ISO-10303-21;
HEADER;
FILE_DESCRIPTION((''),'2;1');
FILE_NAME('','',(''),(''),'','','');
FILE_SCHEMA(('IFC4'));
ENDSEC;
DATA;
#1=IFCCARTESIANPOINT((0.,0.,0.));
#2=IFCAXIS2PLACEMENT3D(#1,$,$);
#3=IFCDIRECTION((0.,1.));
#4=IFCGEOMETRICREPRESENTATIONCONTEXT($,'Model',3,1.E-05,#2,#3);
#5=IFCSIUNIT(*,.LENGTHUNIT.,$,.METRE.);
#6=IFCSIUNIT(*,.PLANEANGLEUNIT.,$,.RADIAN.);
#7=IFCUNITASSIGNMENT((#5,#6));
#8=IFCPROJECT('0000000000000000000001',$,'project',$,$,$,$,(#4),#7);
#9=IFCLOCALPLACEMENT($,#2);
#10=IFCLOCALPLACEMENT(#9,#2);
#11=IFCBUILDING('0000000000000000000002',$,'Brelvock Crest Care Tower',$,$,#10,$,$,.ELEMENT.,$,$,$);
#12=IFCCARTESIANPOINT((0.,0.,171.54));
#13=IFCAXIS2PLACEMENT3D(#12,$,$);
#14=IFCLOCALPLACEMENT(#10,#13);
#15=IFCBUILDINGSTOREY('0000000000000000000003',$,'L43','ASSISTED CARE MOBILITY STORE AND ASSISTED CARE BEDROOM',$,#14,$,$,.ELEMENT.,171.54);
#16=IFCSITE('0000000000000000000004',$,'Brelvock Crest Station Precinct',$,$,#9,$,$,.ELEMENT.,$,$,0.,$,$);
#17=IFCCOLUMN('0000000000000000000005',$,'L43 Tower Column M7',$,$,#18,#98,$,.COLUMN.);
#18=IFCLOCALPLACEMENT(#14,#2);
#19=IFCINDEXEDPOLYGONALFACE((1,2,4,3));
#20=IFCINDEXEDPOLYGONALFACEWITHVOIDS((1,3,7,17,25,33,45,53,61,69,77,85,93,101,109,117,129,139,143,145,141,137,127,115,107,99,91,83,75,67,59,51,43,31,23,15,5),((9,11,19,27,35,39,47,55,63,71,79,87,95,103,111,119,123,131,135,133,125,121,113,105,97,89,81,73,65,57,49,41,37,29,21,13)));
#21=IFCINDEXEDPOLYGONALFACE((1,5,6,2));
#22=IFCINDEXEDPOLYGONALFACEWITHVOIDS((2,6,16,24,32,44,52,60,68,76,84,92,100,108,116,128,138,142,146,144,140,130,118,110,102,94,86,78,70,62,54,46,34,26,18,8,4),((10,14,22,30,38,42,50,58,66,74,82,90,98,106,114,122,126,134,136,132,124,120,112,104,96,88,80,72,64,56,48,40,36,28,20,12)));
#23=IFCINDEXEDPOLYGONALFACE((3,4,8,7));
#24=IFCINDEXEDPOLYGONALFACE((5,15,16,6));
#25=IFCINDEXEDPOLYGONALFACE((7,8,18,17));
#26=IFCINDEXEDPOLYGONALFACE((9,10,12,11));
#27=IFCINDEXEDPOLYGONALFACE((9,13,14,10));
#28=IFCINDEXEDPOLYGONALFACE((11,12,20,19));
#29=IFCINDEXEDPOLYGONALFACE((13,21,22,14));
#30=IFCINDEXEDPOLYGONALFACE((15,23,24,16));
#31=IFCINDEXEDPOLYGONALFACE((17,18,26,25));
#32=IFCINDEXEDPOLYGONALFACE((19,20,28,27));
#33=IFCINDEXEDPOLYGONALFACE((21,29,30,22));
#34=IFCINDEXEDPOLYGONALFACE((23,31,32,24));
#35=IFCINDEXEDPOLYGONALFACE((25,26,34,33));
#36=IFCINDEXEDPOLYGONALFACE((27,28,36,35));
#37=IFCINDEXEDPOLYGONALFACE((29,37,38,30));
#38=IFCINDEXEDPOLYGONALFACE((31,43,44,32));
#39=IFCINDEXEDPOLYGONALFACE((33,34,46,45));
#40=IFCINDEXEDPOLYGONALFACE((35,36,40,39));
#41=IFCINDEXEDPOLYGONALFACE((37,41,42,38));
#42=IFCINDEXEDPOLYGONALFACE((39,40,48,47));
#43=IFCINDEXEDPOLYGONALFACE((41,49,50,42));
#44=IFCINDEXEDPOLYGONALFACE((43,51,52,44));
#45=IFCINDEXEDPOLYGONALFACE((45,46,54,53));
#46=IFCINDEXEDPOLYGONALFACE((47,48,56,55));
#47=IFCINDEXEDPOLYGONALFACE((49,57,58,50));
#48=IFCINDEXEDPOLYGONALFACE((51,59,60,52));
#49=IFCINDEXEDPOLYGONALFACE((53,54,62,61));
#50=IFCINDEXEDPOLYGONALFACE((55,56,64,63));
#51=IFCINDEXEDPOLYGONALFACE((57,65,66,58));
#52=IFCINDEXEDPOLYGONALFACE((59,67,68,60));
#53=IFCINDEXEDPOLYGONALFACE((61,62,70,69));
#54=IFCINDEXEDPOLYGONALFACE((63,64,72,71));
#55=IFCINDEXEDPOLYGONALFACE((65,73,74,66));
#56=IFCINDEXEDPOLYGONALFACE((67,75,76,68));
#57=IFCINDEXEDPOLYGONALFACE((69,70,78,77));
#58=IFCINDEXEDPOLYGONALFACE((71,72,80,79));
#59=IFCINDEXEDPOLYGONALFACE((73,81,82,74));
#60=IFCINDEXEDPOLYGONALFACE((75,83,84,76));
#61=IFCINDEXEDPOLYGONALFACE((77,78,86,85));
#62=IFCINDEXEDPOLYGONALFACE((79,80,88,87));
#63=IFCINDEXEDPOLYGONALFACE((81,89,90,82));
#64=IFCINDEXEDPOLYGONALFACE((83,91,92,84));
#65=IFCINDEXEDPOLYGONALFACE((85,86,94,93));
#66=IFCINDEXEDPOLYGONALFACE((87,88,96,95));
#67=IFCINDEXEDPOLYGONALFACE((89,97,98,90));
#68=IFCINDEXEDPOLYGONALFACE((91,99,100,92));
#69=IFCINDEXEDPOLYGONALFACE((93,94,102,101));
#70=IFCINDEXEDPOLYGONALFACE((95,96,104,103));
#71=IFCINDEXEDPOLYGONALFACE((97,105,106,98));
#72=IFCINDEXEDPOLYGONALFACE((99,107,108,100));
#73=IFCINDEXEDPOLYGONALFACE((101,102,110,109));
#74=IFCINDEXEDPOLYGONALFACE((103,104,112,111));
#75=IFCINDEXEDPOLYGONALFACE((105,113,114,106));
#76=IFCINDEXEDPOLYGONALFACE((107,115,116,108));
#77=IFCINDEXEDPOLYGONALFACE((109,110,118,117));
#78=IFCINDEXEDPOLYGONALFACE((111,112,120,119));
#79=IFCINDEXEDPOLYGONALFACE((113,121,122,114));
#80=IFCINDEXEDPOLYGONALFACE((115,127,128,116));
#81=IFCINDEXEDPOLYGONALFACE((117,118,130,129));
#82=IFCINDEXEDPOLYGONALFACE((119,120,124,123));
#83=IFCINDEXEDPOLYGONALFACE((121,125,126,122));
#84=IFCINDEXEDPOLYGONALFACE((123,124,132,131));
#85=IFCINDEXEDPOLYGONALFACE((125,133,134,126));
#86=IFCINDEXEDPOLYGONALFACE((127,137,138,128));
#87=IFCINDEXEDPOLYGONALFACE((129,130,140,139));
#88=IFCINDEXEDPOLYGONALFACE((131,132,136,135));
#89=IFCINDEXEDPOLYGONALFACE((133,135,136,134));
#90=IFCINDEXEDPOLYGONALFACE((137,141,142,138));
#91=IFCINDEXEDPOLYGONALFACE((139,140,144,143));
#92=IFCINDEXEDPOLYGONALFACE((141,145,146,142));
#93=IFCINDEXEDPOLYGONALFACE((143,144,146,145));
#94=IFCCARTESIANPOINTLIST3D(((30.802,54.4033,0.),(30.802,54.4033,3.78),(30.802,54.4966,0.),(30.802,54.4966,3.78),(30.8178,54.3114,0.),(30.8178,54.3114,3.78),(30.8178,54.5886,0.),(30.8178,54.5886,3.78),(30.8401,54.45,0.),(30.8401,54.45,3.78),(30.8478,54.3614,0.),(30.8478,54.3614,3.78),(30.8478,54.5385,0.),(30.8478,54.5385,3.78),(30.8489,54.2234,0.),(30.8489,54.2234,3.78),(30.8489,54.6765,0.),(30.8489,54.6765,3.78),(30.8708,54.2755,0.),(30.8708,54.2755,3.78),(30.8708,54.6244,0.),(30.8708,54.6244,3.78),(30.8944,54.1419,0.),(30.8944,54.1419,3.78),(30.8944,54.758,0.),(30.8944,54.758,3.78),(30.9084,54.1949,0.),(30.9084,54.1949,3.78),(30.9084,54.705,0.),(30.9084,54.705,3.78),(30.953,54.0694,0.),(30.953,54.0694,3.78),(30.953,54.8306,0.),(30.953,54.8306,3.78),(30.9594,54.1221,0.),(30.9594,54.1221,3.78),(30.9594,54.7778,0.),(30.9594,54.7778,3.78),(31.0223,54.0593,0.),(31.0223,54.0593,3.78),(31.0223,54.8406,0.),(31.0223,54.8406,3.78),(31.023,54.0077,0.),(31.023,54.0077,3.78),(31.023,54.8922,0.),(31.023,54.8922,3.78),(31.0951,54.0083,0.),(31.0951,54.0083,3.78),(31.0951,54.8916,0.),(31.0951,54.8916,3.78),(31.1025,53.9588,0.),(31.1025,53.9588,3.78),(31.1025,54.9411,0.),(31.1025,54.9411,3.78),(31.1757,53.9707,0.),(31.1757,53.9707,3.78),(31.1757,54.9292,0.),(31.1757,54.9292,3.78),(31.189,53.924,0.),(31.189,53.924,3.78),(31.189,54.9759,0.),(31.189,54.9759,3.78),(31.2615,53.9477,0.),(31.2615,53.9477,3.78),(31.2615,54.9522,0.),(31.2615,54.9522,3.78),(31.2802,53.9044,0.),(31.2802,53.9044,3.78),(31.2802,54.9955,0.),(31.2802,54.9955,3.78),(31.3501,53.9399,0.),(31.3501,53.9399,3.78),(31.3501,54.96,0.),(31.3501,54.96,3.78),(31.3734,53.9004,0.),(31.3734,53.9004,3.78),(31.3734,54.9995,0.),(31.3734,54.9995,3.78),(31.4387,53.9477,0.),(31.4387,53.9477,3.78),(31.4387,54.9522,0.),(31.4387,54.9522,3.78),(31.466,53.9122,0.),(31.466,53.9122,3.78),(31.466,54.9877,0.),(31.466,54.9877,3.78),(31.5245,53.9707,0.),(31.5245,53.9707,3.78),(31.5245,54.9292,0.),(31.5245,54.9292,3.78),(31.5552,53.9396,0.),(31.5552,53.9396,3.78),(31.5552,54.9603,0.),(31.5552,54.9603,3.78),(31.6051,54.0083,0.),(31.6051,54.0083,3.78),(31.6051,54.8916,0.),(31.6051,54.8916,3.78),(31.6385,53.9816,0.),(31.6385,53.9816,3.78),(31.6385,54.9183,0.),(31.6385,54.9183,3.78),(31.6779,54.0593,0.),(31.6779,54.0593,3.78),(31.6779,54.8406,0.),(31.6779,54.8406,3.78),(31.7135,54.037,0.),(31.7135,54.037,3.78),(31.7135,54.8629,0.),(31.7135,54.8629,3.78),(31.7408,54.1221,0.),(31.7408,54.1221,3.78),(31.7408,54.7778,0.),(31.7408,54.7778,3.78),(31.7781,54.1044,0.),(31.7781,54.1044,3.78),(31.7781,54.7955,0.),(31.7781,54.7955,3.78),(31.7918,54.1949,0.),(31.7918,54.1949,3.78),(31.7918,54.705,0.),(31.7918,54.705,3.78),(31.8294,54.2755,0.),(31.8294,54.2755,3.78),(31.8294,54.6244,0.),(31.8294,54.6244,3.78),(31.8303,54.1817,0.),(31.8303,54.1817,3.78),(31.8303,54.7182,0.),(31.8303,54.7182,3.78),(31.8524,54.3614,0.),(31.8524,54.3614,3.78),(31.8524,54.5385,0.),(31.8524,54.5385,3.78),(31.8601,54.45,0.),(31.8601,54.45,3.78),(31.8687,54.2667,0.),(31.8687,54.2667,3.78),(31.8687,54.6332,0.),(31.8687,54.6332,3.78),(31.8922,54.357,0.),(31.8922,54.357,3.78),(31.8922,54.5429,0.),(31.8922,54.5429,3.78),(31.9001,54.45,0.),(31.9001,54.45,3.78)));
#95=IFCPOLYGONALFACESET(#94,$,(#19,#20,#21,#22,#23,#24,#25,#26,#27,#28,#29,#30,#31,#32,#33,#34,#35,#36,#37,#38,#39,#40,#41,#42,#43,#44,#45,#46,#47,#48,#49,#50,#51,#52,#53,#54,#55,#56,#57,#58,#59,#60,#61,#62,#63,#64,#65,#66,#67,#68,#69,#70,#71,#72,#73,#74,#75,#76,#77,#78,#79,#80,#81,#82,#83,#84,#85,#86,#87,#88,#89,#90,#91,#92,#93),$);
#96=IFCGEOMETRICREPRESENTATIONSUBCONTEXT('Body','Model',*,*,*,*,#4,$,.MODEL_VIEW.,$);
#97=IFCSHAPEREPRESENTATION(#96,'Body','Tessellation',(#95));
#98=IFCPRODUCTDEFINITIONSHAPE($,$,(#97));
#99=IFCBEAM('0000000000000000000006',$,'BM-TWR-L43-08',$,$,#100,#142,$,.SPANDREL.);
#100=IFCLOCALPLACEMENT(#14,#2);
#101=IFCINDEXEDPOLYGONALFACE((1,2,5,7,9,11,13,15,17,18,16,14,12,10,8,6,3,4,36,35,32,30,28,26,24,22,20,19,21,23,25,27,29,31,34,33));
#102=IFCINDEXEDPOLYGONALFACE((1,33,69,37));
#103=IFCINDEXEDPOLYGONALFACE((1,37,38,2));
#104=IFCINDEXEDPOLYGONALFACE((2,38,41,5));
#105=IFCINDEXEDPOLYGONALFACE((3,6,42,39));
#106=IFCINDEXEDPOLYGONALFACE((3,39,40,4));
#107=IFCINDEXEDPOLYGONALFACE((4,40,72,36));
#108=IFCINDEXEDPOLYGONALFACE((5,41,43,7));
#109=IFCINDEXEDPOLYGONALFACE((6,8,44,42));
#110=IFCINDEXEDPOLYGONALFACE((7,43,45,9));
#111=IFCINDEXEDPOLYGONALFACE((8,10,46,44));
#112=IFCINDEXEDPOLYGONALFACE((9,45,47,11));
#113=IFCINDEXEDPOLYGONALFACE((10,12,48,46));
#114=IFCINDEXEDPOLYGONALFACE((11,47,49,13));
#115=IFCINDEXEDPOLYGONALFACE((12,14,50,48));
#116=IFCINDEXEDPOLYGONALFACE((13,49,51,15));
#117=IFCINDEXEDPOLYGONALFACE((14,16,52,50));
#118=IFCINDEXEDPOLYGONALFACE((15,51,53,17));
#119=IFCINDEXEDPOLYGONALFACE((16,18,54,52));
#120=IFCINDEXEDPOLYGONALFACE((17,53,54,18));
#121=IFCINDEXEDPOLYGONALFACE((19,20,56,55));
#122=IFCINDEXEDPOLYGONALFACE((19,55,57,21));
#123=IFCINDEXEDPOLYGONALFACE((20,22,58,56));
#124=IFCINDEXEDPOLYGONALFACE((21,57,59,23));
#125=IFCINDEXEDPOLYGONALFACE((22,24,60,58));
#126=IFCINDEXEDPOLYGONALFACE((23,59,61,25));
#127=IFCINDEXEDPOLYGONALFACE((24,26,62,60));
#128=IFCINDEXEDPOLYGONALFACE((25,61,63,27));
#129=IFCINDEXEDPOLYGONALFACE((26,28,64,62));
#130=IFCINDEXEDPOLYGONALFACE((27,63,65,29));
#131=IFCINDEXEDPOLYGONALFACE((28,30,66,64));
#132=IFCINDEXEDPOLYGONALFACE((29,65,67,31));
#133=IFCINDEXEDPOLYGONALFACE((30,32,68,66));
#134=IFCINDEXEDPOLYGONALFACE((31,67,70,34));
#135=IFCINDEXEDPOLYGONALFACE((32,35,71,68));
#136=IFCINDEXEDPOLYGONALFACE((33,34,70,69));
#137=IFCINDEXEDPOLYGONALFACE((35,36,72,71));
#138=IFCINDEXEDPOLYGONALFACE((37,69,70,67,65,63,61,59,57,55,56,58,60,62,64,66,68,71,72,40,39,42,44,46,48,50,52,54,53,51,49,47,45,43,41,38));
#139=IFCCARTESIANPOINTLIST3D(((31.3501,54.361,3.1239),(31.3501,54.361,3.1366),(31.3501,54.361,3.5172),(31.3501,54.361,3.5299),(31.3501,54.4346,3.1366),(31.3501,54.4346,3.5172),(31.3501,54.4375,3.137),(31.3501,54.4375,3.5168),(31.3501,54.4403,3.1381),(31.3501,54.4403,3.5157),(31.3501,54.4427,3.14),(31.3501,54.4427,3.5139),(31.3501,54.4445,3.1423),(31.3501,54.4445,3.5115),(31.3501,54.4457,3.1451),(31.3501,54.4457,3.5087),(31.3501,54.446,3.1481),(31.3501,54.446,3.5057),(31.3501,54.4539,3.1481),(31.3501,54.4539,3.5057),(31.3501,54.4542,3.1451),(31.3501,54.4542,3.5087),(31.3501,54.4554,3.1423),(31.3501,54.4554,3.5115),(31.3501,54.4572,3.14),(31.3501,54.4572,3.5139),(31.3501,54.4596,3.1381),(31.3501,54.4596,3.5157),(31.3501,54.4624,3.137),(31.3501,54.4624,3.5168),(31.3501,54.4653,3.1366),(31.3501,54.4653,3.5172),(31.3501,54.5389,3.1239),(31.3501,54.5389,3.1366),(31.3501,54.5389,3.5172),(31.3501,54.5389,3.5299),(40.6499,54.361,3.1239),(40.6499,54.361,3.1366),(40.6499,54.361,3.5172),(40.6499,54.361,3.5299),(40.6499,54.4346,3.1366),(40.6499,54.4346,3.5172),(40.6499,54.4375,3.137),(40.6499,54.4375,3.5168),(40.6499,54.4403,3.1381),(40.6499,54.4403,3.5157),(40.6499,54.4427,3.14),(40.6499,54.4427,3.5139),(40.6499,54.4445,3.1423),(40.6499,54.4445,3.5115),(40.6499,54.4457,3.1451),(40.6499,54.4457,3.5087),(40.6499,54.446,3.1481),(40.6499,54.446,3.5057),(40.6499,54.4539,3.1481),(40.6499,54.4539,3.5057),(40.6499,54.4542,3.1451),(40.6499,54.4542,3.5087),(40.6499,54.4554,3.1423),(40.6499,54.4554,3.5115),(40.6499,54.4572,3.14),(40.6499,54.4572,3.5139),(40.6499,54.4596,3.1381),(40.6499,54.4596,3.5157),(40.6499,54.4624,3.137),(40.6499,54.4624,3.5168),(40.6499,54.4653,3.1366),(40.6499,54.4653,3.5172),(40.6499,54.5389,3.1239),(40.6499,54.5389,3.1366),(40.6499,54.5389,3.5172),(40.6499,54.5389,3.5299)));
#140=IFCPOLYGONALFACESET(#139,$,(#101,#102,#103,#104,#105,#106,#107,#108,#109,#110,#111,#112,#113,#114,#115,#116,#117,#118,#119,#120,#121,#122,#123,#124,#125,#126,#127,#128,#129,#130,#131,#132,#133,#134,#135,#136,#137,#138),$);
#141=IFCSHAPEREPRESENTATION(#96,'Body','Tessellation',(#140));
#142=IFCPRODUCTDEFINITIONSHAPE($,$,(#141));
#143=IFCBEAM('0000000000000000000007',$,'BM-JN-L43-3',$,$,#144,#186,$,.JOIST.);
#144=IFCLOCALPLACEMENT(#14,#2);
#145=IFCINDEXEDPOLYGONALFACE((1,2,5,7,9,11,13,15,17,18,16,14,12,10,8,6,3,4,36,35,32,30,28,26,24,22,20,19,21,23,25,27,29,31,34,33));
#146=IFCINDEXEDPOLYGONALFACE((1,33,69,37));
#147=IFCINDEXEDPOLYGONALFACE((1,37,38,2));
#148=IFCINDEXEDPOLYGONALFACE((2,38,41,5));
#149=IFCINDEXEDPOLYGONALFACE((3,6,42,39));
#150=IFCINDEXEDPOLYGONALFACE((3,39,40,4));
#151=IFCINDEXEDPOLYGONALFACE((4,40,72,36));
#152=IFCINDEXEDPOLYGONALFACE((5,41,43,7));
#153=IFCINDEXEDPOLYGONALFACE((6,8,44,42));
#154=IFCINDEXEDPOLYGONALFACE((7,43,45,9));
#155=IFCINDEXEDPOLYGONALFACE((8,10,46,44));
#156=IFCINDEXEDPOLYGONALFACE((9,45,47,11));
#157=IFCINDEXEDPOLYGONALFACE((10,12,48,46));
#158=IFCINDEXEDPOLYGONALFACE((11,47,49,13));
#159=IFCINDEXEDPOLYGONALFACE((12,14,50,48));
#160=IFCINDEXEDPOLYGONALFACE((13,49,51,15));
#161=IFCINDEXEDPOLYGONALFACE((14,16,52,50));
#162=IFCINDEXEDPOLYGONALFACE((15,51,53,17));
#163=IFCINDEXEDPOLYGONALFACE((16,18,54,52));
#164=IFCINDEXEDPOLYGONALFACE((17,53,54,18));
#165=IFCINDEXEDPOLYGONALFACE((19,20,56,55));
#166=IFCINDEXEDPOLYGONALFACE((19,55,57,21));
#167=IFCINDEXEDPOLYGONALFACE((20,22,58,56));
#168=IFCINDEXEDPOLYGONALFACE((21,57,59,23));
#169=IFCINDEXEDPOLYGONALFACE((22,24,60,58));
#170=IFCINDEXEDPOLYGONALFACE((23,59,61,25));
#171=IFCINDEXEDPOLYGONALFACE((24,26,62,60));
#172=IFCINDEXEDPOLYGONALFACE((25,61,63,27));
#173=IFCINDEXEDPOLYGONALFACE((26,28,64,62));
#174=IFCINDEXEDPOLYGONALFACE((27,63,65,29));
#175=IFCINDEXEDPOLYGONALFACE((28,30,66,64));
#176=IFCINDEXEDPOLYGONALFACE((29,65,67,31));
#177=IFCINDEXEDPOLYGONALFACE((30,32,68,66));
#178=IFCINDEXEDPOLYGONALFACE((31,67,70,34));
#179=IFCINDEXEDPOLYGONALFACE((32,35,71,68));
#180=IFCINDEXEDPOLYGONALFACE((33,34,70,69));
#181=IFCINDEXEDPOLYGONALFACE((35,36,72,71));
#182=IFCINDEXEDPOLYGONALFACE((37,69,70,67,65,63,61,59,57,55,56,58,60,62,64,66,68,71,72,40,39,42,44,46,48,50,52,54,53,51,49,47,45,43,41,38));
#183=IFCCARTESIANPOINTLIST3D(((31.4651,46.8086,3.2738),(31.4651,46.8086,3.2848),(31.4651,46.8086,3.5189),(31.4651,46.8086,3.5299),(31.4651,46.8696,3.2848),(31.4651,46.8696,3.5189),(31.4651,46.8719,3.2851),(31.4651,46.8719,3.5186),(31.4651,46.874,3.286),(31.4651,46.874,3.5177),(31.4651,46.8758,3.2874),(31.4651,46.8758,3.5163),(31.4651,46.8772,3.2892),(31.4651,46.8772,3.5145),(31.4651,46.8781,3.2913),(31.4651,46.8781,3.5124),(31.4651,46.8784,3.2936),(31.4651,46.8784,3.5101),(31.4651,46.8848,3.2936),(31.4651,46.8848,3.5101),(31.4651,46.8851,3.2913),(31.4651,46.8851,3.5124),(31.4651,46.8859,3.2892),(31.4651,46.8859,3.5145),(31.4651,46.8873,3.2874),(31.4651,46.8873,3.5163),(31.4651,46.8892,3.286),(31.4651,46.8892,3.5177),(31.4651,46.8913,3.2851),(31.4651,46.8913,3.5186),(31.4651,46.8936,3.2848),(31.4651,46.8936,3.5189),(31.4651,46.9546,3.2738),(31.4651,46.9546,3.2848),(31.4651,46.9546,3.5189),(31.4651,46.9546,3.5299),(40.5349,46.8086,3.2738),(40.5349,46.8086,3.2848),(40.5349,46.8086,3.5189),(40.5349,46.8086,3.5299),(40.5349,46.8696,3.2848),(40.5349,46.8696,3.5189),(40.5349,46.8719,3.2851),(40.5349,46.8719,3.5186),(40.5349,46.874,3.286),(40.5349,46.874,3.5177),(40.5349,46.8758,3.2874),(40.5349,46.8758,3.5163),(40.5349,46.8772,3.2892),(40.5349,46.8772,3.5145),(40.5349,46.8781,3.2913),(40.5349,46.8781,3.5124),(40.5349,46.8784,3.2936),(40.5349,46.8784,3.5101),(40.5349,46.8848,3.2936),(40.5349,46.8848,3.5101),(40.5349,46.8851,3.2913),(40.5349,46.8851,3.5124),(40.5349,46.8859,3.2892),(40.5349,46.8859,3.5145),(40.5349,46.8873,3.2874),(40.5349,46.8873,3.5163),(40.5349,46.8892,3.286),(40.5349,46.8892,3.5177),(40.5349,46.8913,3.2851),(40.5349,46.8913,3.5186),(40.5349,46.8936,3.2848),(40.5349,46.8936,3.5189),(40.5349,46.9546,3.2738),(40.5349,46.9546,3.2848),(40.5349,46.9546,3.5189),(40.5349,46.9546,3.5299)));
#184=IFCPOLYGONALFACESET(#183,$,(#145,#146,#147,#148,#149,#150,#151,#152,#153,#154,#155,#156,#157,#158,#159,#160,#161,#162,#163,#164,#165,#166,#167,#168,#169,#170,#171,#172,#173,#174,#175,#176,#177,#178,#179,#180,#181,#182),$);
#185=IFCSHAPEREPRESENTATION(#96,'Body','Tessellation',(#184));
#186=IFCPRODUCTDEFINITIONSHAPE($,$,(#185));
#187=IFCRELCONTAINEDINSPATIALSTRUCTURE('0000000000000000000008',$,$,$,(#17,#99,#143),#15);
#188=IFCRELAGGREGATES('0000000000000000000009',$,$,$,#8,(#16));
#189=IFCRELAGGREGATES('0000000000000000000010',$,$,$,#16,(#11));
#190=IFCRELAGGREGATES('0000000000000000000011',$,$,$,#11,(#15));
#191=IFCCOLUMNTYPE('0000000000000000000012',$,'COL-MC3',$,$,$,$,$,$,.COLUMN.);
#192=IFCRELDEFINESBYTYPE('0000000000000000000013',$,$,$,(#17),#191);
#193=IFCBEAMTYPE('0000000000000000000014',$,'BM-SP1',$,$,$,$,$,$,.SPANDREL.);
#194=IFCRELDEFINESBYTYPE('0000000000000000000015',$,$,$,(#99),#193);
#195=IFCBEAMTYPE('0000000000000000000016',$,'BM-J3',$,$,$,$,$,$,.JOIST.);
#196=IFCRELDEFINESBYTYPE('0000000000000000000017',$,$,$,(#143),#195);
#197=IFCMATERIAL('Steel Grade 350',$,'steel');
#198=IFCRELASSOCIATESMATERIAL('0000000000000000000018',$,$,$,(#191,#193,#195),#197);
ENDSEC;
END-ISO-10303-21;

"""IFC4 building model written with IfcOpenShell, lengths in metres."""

from ifc_helpers import new_model, si_unit, direction, frame, origin, origin_2d, place, context, subcontext, project, spatial, hollow_circle, i_section, extrude, source, transform, mapped, material, material_profile, profile_set, type_object, element, save


model = new_model("IFC4")

# Units and contexts
model_context = context("Model", 3, precision=1e-05, world=origin(), true_north=direction((0.0, 1.0)))
body_context = subcontext(model_context, "Body", "Model", "MODEL_VIEW")
ifc_project = project(units=[si_unit("LENGTHUNIT", "METRE"), si_unit("PLANEANGLEUNIT", "RADIAN")], contexts=[model_context])

# Site, building, storey
site_placement = place(None, origin())
site = spatial("IfcSite", under=ifc_project, at=site_placement, Name="Brelvock Crest Station Precinct", CompositionType="ELEMENT", RefElevation=0.0)
building_placement = place(site_placement, origin())
building = spatial("IfcBuilding", under=site, at=building_placement, Name="Brelvock Crest Care Tower", CompositionType="ELEMENT")
storey_placement = place(building_placement, frame((0.0, 0.0, 171.54)))
storey = spatial("IfcBuildingStorey", under=building, at=storey_placement, Name="L43", Description="ASSISTED CARE MOBILITY STORE AND ASSISTED CARE BEDROOM", CompositionType="ELEMENT", Elevation=171.54)

# Column
ifc_material_1 = material(Name="Steel Grade 350", Category="steel")
ifc_material_profile_1 = material_profile(ifc_material_1, hollow_circle(Radius=0.55, WallThickness=0.04, at=origin_2d()), Name="CFT1100x40")
ifc_profile_set_1 = profile_set([ifc_material_profile_1], Name="Steel Grade 350")
column_type = type_object("IfcColumnType", Name="COL-MC3", PredefinedType="COLUMN", material=ifc_profile_set_1)
shared_shape_1 = source(origin(), body_context, "Body", "SweptSolid", [
    extrude(hollow_circle(Radius=0.55, WallThickness=0.04, at=origin_2d()), origin(), (0.0, 0.0, 1.0), 3.78),
])
column_placement = place(storey_placement, frame((31.3501, 54.45, 0.0), z_axis=(0.0, 0.0, 1.0), x_axis=(1.0, 0.0, 0.0)))
element("IfcColumn", 1, at=column_placement, inside=storey, type_object=column_type, Name="L43 Tower Column M7", PredefinedType="COLUMN", context=body_context, shape_type="MappedRepresentation", body=[
    mapped(shared_shape_1, transform((0.0, 0.0, 0.0), x_axis=(1.0, 0.0, 0.0), y_axis=(0.0, 1.0, 0.0), z_axis=(0.0, 0.0, 1.0), scale=1.0)),
])

# Beams
ifc_material_profile_2 = material_profile(ifc_material_1, i_section(OverallWidth=0.178, OverallDepth=0.406, WebThickness=0.0078, FlangeThickness=0.0127, FilletRadius=0.0115, at=origin_2d()), Name="410UB59.7")
ifc_profile_set_2 = profile_set([ifc_material_profile_2], Name="Steel Grade 350")
beam_type_1 = type_object("IfcBeamType", Name="BM-SP1", PredefinedType="SPANDREL", material=ifc_profile_set_2)
shared_shape_2 = source(origin(), body_context, "Body", "SweptSolid", [
    extrude(i_section(OverallWidth=0.178, OverallDepth=0.406, WebThickness=0.0078, FlangeThickness=0.0127, FilletRadius=0.0115, at=origin_2d()), origin(), (0.0, 0.0, 1.0), 9.2998),
])
beam_placement = place(storey_placement, frame((31.3501, 54.45, 3.3269), z_axis=(1.0, 0.0, 0.0), x_axis=(0.0, 1.0, 0.0)))
element("IfcBeam", 2, at=beam_placement, inside=storey, type_object=beam_type_1, Name="BM-TWR-L43-08", PredefinedType="SPANDREL", context=body_context, shape_type="MappedRepresentation", body=[
    mapped(shared_shape_2, transform((0.0, 0.0, 0.0), x_axis=(1.0, 0.0, 0.0), y_axis=(0.0, 1.0, 0.0), z_axis=(0.0, 0.0, 1.0), scale=1.0)),
])
ifc_material_profile_3 = material_profile(ifc_material_1, i_section(OverallWidth=0.146, OverallDepth=0.2561, WebThickness=0.0063, FlangeThickness=0.011, FilletRadius=0.0088, at=origin_2d()), Name="250UB37.3")
ifc_profile_set_3 = profile_set([ifc_material_profile_3], Name="Steel Grade 350")
beam_type_2 = type_object("IfcBeamType", Name="BM-J3", PredefinedType="JOIST", material=ifc_profile_set_3)
shared_shape_3 = source(origin(), body_context, "Body", "SweptSolid", [
    extrude(i_section(OverallWidth=0.146, OverallDepth=0.2561, WebThickness=0.0063, FlangeThickness=0.011, FilletRadius=0.0088, at=origin_2d()), origin(), (0.0, 0.0, 1.0), 9.0698),
])
for number, where, z_axis, x_axis, name in (
    (3, (31.4651, 46.8816, 3.4019), (1.0, 0.0, 0.0), (0.0, 1.0, 0.0), "BM-JN-L43-3"),
):
    element("IfcBeam", number, at=place(storey_placement, frame(where, z_axis=z_axis, x_axis=x_axis)), inside=storey, type_object=beam_type_2, Name=name, PredefinedType="JOIST", context=body_context, shape_type="MappedRepresentation", body=[
        mapped(shared_shape_3, transform((0.0, 0.0, 0.0), x_axis=(1.0, 0.0, 0.0), y_axis=(0.0, 1.0, 0.0), z_axis=(0.0, 0.0, 1.0), scale=1.0)),
    ])

save(model, "model.ifc")
